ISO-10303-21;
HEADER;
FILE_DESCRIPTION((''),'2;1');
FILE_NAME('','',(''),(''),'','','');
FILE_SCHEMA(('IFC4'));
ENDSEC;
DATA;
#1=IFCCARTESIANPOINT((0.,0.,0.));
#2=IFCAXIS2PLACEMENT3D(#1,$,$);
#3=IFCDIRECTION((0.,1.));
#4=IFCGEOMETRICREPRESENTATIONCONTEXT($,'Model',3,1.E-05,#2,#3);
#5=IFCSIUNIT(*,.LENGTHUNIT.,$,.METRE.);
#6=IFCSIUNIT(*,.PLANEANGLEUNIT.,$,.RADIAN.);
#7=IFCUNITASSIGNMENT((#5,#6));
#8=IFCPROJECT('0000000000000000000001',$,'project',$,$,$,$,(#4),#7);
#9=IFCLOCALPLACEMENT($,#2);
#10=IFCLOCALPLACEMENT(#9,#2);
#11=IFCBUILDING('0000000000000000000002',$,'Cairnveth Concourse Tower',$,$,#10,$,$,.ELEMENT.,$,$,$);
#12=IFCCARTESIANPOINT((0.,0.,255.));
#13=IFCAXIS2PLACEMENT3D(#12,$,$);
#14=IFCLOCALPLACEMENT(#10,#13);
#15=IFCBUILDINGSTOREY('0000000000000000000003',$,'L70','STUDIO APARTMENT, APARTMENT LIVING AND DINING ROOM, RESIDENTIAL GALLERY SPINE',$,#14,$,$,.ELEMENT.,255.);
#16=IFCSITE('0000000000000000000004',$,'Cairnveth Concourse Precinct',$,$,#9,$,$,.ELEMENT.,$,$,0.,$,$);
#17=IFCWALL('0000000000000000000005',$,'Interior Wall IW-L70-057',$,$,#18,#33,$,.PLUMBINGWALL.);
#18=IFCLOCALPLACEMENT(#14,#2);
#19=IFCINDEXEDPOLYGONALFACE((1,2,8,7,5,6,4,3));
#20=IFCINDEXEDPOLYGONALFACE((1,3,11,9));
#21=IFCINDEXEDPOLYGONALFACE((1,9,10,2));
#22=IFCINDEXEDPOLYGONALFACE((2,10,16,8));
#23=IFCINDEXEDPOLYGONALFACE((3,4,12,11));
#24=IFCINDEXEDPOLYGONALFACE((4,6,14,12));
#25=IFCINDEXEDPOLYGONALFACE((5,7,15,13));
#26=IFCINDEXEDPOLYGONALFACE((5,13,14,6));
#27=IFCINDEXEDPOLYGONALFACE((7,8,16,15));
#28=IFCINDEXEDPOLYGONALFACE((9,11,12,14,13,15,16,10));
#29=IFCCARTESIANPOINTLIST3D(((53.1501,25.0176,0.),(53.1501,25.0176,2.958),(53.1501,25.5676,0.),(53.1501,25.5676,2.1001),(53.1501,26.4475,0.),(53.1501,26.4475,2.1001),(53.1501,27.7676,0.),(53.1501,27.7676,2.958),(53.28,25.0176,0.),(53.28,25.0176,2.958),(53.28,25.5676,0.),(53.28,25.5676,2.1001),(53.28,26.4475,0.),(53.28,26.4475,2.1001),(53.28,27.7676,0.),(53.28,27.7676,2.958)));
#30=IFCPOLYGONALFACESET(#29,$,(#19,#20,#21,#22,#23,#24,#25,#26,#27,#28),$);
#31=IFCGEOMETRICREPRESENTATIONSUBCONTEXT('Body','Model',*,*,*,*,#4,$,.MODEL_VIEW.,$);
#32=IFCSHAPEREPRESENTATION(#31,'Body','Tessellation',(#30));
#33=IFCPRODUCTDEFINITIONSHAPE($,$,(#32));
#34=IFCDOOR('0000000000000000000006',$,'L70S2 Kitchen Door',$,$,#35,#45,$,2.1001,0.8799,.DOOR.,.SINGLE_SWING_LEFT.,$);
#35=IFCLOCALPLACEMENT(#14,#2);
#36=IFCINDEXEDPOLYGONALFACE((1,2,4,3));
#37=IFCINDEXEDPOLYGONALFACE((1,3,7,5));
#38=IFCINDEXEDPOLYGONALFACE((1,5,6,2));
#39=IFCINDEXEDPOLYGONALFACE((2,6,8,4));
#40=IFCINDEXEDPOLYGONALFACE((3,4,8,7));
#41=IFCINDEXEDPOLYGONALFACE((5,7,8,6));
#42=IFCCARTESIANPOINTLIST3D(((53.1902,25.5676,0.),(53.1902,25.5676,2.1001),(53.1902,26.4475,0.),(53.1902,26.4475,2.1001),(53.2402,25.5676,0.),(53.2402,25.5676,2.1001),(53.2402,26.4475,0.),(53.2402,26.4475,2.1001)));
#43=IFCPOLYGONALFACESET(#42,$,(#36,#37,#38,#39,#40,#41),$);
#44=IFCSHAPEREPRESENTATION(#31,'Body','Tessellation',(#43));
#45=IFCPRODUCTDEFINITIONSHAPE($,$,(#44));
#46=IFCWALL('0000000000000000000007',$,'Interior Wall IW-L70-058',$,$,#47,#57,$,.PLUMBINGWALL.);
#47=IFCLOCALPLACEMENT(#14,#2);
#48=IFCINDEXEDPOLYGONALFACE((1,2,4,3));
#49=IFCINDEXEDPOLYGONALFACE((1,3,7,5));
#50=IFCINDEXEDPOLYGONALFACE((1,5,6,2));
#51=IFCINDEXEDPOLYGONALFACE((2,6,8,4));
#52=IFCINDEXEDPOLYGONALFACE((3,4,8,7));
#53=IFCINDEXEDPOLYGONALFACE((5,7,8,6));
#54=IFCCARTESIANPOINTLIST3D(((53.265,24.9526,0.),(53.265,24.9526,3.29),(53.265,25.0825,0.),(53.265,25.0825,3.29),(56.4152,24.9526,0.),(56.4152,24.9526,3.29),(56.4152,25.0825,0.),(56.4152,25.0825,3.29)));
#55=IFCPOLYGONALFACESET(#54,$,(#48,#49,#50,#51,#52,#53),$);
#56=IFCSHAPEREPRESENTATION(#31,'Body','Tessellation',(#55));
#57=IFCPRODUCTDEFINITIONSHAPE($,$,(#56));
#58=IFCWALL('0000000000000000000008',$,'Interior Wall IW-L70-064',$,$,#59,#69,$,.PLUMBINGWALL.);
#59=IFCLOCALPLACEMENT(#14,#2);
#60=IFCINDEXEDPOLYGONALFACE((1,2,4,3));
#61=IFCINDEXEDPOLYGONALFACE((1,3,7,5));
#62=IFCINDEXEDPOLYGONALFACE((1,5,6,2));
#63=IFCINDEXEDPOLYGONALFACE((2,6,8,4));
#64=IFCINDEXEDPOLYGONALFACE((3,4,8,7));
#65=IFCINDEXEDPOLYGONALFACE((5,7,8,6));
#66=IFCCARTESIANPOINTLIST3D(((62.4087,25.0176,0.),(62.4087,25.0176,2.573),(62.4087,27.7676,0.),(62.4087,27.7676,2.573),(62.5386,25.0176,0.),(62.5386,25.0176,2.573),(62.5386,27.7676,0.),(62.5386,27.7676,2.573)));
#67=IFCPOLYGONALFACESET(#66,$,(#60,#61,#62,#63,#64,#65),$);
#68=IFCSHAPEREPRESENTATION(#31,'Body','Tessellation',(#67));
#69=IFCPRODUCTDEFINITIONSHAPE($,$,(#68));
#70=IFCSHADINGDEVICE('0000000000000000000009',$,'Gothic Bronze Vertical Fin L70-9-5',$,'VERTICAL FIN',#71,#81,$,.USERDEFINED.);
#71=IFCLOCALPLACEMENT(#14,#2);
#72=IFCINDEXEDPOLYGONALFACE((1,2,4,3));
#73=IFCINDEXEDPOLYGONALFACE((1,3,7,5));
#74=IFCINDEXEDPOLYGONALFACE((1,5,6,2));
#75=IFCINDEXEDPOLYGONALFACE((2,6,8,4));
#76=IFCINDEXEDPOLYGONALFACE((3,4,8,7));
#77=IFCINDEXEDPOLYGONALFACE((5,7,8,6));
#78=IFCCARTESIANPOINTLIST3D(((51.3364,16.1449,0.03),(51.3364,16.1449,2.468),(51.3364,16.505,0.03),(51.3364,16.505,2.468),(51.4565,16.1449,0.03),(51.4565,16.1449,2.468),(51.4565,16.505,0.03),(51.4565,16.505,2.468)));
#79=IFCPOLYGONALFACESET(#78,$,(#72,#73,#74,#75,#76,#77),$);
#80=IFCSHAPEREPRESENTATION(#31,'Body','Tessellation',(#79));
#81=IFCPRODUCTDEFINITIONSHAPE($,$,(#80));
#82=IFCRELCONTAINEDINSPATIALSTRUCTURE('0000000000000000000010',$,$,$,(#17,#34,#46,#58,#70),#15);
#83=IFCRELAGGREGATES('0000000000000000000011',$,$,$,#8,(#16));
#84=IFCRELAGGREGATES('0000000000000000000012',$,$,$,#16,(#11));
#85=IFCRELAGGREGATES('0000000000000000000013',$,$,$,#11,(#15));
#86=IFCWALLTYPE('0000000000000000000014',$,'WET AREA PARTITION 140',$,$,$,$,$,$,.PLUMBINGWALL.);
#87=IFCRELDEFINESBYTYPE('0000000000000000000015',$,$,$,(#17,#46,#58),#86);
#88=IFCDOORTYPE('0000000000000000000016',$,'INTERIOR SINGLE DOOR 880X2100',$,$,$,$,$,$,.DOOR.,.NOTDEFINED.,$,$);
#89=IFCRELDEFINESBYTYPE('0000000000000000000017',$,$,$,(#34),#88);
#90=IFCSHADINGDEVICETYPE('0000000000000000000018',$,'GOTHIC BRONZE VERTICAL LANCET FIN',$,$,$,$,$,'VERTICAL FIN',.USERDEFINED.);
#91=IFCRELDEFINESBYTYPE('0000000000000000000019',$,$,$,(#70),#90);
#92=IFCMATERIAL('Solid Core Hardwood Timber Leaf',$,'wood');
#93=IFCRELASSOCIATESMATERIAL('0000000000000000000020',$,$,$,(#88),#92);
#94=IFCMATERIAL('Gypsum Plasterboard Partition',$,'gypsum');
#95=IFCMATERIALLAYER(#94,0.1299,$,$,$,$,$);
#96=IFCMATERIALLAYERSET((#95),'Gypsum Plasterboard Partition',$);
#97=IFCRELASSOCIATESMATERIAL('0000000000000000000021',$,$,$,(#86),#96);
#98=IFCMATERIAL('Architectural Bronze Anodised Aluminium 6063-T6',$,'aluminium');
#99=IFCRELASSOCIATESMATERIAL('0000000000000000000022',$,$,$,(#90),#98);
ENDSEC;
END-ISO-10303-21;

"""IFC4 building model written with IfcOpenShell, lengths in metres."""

from ifc_helpers import new_model, si_unit, direction, frame, frame_2d, origin, origin_2d, place, context, subcontext, project, spatial, rectangle, extrude, material, layer, layer_set, type_object, element, fill, save


model = new_model("IFC4")

# Units and contexts
model_context = context("Model", 3, precision=1e-05, world=origin(), true_north=direction((0.0, 1.0)))
body_context = subcontext(model_context, "Body", "Model", "MODEL_VIEW")
ifc_project = project(units=[si_unit("LENGTHUNIT", "METRE"), si_unit("PLANEANGLEUNIT", "RADIAN")], contexts=[model_context])

# Site, building, storey
site_placement = place(None, origin())
site = spatial("IfcSite", under=ifc_project, at=site_placement, Name="Cairnveth Concourse Precinct", CompositionType="ELEMENT", RefElevation=0.0)
building_placement = place(site_placement, origin())
building = spatial("IfcBuilding", under=site, at=building_placement, Name="Cairnveth Concourse Tower", CompositionType="ELEMENT")
storey_placement = place(building_placement, frame((0.0, 0.0, 255.0)))
storey = spatial("IfcBuildingStorey", under=building, at=storey_placement, Name="L70", Description="STUDIO APARTMENT, APARTMENT LIVING AND DINING ROOM, RESIDENTIAL GALLERY SPINE", CompositionType="ELEMENT", Elevation=255.0)

# Shared definitions
ifc_material_1 = material(Name="Gypsum Plasterboard Partition", Category="gypsum")

# Shared definitions
ifc_material_2 = material(Name="Solid Core Hardwood Timber Leaf", Category="wood")
door_type_1 = type_object("IfcDoorType", Name="INTERIOR SINGLE DOOR 880X2100", OperationType="NOTDEFINED", PredefinedType="DOOR", material=ifc_material_2)

# Shared definitions
ifc_layer_1 = layer(ifc_material_1, 0.1299)
ifc_layer_set_1 = layer_set([ifc_layer_1], Name="Gypsum Plasterboard Partition")
wall_type_1 = type_object("IfcWallType", Name="WET AREA PARTITION 140", PredefinedType="PLUMBINGWALL", material=ifc_layer_set_1)

# Wall, opening, door
wall_1_placement = place(storey_placement, frame((53.2151, 25.0176, 0.0), z_axis=(0.0, 0.0, 1.0), x_axis=(0.0, 1.0, 0.0)))
wall_1 = element("IfcWall", 1, at=wall_1_placement, inside=storey, type_object=wall_type_1, Name="Interior Wall IW-L70-057", PredefinedType="PLUMBINGWALL", context=body_context, shape_type="SweptSolid", body=[
    extrude(rectangle(XDim=2.75, YDim=0.1299, at=frame_2d((1.375, 0.0))), origin(), (0.0, 0.0, 1.0), 2.958),
])
opening_1_placement = place(wall_1_placement, frame((0.55, 0.0, 0.0)))
opening_1 = element("IfcOpeningElement", 2, at=opening_1_placement, cuts=wall_1, PredefinedType="OPENING", context=body_context, shape_type="SweptSolid", body=[
    extrude(rectangle(XDim=0.8799, YDim=2.1001, at=frame_2d((0.4399, 1.05))), frame((0.0, 0.075, 0.0), z_axis=(0.0, -1.0, 0.0), x_axis=(1.0, 0.0, 0.0)), (0.0, 0.0, 1.0), 0.1499),
])
door_1_placement = place(opening_1_placement, origin())
door_1 = element("IfcDoor", 3, at=door_1_placement, inside=storey, type_object=door_type_1, Name="L70S2 Kitchen Door", OperationType="SINGLE_SWING_LEFT", OverallHeight=2.1001, OverallWidth=0.8799, PredefinedType="DOOR", context=body_context, shape_type="SweptSolid", body=[
    extrude(rectangle(XDim=0.8799, YDim=2.1001, at=frame_2d((0.4399, 1.05))), frame((0.0, 0.0249, 0.0), z_axis=(0.0, -1.0, 0.0), x_axis=(1.0, 0.0, 0.0)), (0.0, 0.0, 1.0), 0.05),
])
fill(opening_1, door_1)

# Walls
wall_2_placement = place(storey_placement, frame((53.2649, 25.0176, 0.0), z_axis=(0.0, 0.0, 1.0), x_axis=(1.0, 0.0, 0.0)))
element("IfcWall", 4, at=wall_2_placement, inside=storey, type_object=wall_type_1, Name="Interior Wall IW-L70-058", PredefinedType="PLUMBINGWALL", context=body_context, shape_type="SweptSolid", body=[
    extrude(rectangle(XDim=3.1501, YDim=0.1299, at=frame_2d((1.5752, 0.0))), origin(), (0.0, 0.0, 1.0), 3.29),
])
wall_3_placement = place(storey_placement, frame((62.4736, 25.0176, 0.0), z_axis=(0.0, 0.0, 1.0), x_axis=(0.0, 1.0, 0.0)))
element("IfcWall", 5, at=wall_3_placement, inside=storey, type_object=wall_type_1, Name="Interior Wall IW-L70-064", PredefinedType="PLUMBINGWALL", context=body_context, shape_type="SweptSolid", body=[
    extrude(rectangle(XDim=2.75, YDim=0.1299, at=frame_2d((1.375, 0.0))), origin(), (0.0, 0.0, 1.0), 2.573),
])

# Shading device
ifc_material_3 = material(Name="Architectural Bronze Anodised Aluminium 6063-T6", Category="aluminium")
shading_device_type = type_object("IfcShadingDeviceType", Name="GOTHIC BRONZE VERTICAL LANCET FIN", ElementType="VERTICAL FIN", PredefinedType="USERDEFINED", material=ifc_material_3)
shading_device_placement = place(storey_placement, frame((51.3965, 16.325, 0.03), z_axis=(0.0, 0.0, 1.0), x_axis=(1.0, 0.0, 0.0)))
element("IfcShadingDevice", 6, at=shading_device_placement, inside=storey, type_object=shading_device_type, Name="Gothic Bronze Vertical Fin L70-9-5", ObjectType="VERTICAL FIN", PredefinedType="USERDEFINED", context=body_context, shape_type="SweptSolid", body=[
    extrude(rectangle(XDim=0.1201, YDim=0.3601, at=origin_2d()), origin(), (0.0, 0.0, 1.0), 2.438),
])

save(model, "model.ifc")
